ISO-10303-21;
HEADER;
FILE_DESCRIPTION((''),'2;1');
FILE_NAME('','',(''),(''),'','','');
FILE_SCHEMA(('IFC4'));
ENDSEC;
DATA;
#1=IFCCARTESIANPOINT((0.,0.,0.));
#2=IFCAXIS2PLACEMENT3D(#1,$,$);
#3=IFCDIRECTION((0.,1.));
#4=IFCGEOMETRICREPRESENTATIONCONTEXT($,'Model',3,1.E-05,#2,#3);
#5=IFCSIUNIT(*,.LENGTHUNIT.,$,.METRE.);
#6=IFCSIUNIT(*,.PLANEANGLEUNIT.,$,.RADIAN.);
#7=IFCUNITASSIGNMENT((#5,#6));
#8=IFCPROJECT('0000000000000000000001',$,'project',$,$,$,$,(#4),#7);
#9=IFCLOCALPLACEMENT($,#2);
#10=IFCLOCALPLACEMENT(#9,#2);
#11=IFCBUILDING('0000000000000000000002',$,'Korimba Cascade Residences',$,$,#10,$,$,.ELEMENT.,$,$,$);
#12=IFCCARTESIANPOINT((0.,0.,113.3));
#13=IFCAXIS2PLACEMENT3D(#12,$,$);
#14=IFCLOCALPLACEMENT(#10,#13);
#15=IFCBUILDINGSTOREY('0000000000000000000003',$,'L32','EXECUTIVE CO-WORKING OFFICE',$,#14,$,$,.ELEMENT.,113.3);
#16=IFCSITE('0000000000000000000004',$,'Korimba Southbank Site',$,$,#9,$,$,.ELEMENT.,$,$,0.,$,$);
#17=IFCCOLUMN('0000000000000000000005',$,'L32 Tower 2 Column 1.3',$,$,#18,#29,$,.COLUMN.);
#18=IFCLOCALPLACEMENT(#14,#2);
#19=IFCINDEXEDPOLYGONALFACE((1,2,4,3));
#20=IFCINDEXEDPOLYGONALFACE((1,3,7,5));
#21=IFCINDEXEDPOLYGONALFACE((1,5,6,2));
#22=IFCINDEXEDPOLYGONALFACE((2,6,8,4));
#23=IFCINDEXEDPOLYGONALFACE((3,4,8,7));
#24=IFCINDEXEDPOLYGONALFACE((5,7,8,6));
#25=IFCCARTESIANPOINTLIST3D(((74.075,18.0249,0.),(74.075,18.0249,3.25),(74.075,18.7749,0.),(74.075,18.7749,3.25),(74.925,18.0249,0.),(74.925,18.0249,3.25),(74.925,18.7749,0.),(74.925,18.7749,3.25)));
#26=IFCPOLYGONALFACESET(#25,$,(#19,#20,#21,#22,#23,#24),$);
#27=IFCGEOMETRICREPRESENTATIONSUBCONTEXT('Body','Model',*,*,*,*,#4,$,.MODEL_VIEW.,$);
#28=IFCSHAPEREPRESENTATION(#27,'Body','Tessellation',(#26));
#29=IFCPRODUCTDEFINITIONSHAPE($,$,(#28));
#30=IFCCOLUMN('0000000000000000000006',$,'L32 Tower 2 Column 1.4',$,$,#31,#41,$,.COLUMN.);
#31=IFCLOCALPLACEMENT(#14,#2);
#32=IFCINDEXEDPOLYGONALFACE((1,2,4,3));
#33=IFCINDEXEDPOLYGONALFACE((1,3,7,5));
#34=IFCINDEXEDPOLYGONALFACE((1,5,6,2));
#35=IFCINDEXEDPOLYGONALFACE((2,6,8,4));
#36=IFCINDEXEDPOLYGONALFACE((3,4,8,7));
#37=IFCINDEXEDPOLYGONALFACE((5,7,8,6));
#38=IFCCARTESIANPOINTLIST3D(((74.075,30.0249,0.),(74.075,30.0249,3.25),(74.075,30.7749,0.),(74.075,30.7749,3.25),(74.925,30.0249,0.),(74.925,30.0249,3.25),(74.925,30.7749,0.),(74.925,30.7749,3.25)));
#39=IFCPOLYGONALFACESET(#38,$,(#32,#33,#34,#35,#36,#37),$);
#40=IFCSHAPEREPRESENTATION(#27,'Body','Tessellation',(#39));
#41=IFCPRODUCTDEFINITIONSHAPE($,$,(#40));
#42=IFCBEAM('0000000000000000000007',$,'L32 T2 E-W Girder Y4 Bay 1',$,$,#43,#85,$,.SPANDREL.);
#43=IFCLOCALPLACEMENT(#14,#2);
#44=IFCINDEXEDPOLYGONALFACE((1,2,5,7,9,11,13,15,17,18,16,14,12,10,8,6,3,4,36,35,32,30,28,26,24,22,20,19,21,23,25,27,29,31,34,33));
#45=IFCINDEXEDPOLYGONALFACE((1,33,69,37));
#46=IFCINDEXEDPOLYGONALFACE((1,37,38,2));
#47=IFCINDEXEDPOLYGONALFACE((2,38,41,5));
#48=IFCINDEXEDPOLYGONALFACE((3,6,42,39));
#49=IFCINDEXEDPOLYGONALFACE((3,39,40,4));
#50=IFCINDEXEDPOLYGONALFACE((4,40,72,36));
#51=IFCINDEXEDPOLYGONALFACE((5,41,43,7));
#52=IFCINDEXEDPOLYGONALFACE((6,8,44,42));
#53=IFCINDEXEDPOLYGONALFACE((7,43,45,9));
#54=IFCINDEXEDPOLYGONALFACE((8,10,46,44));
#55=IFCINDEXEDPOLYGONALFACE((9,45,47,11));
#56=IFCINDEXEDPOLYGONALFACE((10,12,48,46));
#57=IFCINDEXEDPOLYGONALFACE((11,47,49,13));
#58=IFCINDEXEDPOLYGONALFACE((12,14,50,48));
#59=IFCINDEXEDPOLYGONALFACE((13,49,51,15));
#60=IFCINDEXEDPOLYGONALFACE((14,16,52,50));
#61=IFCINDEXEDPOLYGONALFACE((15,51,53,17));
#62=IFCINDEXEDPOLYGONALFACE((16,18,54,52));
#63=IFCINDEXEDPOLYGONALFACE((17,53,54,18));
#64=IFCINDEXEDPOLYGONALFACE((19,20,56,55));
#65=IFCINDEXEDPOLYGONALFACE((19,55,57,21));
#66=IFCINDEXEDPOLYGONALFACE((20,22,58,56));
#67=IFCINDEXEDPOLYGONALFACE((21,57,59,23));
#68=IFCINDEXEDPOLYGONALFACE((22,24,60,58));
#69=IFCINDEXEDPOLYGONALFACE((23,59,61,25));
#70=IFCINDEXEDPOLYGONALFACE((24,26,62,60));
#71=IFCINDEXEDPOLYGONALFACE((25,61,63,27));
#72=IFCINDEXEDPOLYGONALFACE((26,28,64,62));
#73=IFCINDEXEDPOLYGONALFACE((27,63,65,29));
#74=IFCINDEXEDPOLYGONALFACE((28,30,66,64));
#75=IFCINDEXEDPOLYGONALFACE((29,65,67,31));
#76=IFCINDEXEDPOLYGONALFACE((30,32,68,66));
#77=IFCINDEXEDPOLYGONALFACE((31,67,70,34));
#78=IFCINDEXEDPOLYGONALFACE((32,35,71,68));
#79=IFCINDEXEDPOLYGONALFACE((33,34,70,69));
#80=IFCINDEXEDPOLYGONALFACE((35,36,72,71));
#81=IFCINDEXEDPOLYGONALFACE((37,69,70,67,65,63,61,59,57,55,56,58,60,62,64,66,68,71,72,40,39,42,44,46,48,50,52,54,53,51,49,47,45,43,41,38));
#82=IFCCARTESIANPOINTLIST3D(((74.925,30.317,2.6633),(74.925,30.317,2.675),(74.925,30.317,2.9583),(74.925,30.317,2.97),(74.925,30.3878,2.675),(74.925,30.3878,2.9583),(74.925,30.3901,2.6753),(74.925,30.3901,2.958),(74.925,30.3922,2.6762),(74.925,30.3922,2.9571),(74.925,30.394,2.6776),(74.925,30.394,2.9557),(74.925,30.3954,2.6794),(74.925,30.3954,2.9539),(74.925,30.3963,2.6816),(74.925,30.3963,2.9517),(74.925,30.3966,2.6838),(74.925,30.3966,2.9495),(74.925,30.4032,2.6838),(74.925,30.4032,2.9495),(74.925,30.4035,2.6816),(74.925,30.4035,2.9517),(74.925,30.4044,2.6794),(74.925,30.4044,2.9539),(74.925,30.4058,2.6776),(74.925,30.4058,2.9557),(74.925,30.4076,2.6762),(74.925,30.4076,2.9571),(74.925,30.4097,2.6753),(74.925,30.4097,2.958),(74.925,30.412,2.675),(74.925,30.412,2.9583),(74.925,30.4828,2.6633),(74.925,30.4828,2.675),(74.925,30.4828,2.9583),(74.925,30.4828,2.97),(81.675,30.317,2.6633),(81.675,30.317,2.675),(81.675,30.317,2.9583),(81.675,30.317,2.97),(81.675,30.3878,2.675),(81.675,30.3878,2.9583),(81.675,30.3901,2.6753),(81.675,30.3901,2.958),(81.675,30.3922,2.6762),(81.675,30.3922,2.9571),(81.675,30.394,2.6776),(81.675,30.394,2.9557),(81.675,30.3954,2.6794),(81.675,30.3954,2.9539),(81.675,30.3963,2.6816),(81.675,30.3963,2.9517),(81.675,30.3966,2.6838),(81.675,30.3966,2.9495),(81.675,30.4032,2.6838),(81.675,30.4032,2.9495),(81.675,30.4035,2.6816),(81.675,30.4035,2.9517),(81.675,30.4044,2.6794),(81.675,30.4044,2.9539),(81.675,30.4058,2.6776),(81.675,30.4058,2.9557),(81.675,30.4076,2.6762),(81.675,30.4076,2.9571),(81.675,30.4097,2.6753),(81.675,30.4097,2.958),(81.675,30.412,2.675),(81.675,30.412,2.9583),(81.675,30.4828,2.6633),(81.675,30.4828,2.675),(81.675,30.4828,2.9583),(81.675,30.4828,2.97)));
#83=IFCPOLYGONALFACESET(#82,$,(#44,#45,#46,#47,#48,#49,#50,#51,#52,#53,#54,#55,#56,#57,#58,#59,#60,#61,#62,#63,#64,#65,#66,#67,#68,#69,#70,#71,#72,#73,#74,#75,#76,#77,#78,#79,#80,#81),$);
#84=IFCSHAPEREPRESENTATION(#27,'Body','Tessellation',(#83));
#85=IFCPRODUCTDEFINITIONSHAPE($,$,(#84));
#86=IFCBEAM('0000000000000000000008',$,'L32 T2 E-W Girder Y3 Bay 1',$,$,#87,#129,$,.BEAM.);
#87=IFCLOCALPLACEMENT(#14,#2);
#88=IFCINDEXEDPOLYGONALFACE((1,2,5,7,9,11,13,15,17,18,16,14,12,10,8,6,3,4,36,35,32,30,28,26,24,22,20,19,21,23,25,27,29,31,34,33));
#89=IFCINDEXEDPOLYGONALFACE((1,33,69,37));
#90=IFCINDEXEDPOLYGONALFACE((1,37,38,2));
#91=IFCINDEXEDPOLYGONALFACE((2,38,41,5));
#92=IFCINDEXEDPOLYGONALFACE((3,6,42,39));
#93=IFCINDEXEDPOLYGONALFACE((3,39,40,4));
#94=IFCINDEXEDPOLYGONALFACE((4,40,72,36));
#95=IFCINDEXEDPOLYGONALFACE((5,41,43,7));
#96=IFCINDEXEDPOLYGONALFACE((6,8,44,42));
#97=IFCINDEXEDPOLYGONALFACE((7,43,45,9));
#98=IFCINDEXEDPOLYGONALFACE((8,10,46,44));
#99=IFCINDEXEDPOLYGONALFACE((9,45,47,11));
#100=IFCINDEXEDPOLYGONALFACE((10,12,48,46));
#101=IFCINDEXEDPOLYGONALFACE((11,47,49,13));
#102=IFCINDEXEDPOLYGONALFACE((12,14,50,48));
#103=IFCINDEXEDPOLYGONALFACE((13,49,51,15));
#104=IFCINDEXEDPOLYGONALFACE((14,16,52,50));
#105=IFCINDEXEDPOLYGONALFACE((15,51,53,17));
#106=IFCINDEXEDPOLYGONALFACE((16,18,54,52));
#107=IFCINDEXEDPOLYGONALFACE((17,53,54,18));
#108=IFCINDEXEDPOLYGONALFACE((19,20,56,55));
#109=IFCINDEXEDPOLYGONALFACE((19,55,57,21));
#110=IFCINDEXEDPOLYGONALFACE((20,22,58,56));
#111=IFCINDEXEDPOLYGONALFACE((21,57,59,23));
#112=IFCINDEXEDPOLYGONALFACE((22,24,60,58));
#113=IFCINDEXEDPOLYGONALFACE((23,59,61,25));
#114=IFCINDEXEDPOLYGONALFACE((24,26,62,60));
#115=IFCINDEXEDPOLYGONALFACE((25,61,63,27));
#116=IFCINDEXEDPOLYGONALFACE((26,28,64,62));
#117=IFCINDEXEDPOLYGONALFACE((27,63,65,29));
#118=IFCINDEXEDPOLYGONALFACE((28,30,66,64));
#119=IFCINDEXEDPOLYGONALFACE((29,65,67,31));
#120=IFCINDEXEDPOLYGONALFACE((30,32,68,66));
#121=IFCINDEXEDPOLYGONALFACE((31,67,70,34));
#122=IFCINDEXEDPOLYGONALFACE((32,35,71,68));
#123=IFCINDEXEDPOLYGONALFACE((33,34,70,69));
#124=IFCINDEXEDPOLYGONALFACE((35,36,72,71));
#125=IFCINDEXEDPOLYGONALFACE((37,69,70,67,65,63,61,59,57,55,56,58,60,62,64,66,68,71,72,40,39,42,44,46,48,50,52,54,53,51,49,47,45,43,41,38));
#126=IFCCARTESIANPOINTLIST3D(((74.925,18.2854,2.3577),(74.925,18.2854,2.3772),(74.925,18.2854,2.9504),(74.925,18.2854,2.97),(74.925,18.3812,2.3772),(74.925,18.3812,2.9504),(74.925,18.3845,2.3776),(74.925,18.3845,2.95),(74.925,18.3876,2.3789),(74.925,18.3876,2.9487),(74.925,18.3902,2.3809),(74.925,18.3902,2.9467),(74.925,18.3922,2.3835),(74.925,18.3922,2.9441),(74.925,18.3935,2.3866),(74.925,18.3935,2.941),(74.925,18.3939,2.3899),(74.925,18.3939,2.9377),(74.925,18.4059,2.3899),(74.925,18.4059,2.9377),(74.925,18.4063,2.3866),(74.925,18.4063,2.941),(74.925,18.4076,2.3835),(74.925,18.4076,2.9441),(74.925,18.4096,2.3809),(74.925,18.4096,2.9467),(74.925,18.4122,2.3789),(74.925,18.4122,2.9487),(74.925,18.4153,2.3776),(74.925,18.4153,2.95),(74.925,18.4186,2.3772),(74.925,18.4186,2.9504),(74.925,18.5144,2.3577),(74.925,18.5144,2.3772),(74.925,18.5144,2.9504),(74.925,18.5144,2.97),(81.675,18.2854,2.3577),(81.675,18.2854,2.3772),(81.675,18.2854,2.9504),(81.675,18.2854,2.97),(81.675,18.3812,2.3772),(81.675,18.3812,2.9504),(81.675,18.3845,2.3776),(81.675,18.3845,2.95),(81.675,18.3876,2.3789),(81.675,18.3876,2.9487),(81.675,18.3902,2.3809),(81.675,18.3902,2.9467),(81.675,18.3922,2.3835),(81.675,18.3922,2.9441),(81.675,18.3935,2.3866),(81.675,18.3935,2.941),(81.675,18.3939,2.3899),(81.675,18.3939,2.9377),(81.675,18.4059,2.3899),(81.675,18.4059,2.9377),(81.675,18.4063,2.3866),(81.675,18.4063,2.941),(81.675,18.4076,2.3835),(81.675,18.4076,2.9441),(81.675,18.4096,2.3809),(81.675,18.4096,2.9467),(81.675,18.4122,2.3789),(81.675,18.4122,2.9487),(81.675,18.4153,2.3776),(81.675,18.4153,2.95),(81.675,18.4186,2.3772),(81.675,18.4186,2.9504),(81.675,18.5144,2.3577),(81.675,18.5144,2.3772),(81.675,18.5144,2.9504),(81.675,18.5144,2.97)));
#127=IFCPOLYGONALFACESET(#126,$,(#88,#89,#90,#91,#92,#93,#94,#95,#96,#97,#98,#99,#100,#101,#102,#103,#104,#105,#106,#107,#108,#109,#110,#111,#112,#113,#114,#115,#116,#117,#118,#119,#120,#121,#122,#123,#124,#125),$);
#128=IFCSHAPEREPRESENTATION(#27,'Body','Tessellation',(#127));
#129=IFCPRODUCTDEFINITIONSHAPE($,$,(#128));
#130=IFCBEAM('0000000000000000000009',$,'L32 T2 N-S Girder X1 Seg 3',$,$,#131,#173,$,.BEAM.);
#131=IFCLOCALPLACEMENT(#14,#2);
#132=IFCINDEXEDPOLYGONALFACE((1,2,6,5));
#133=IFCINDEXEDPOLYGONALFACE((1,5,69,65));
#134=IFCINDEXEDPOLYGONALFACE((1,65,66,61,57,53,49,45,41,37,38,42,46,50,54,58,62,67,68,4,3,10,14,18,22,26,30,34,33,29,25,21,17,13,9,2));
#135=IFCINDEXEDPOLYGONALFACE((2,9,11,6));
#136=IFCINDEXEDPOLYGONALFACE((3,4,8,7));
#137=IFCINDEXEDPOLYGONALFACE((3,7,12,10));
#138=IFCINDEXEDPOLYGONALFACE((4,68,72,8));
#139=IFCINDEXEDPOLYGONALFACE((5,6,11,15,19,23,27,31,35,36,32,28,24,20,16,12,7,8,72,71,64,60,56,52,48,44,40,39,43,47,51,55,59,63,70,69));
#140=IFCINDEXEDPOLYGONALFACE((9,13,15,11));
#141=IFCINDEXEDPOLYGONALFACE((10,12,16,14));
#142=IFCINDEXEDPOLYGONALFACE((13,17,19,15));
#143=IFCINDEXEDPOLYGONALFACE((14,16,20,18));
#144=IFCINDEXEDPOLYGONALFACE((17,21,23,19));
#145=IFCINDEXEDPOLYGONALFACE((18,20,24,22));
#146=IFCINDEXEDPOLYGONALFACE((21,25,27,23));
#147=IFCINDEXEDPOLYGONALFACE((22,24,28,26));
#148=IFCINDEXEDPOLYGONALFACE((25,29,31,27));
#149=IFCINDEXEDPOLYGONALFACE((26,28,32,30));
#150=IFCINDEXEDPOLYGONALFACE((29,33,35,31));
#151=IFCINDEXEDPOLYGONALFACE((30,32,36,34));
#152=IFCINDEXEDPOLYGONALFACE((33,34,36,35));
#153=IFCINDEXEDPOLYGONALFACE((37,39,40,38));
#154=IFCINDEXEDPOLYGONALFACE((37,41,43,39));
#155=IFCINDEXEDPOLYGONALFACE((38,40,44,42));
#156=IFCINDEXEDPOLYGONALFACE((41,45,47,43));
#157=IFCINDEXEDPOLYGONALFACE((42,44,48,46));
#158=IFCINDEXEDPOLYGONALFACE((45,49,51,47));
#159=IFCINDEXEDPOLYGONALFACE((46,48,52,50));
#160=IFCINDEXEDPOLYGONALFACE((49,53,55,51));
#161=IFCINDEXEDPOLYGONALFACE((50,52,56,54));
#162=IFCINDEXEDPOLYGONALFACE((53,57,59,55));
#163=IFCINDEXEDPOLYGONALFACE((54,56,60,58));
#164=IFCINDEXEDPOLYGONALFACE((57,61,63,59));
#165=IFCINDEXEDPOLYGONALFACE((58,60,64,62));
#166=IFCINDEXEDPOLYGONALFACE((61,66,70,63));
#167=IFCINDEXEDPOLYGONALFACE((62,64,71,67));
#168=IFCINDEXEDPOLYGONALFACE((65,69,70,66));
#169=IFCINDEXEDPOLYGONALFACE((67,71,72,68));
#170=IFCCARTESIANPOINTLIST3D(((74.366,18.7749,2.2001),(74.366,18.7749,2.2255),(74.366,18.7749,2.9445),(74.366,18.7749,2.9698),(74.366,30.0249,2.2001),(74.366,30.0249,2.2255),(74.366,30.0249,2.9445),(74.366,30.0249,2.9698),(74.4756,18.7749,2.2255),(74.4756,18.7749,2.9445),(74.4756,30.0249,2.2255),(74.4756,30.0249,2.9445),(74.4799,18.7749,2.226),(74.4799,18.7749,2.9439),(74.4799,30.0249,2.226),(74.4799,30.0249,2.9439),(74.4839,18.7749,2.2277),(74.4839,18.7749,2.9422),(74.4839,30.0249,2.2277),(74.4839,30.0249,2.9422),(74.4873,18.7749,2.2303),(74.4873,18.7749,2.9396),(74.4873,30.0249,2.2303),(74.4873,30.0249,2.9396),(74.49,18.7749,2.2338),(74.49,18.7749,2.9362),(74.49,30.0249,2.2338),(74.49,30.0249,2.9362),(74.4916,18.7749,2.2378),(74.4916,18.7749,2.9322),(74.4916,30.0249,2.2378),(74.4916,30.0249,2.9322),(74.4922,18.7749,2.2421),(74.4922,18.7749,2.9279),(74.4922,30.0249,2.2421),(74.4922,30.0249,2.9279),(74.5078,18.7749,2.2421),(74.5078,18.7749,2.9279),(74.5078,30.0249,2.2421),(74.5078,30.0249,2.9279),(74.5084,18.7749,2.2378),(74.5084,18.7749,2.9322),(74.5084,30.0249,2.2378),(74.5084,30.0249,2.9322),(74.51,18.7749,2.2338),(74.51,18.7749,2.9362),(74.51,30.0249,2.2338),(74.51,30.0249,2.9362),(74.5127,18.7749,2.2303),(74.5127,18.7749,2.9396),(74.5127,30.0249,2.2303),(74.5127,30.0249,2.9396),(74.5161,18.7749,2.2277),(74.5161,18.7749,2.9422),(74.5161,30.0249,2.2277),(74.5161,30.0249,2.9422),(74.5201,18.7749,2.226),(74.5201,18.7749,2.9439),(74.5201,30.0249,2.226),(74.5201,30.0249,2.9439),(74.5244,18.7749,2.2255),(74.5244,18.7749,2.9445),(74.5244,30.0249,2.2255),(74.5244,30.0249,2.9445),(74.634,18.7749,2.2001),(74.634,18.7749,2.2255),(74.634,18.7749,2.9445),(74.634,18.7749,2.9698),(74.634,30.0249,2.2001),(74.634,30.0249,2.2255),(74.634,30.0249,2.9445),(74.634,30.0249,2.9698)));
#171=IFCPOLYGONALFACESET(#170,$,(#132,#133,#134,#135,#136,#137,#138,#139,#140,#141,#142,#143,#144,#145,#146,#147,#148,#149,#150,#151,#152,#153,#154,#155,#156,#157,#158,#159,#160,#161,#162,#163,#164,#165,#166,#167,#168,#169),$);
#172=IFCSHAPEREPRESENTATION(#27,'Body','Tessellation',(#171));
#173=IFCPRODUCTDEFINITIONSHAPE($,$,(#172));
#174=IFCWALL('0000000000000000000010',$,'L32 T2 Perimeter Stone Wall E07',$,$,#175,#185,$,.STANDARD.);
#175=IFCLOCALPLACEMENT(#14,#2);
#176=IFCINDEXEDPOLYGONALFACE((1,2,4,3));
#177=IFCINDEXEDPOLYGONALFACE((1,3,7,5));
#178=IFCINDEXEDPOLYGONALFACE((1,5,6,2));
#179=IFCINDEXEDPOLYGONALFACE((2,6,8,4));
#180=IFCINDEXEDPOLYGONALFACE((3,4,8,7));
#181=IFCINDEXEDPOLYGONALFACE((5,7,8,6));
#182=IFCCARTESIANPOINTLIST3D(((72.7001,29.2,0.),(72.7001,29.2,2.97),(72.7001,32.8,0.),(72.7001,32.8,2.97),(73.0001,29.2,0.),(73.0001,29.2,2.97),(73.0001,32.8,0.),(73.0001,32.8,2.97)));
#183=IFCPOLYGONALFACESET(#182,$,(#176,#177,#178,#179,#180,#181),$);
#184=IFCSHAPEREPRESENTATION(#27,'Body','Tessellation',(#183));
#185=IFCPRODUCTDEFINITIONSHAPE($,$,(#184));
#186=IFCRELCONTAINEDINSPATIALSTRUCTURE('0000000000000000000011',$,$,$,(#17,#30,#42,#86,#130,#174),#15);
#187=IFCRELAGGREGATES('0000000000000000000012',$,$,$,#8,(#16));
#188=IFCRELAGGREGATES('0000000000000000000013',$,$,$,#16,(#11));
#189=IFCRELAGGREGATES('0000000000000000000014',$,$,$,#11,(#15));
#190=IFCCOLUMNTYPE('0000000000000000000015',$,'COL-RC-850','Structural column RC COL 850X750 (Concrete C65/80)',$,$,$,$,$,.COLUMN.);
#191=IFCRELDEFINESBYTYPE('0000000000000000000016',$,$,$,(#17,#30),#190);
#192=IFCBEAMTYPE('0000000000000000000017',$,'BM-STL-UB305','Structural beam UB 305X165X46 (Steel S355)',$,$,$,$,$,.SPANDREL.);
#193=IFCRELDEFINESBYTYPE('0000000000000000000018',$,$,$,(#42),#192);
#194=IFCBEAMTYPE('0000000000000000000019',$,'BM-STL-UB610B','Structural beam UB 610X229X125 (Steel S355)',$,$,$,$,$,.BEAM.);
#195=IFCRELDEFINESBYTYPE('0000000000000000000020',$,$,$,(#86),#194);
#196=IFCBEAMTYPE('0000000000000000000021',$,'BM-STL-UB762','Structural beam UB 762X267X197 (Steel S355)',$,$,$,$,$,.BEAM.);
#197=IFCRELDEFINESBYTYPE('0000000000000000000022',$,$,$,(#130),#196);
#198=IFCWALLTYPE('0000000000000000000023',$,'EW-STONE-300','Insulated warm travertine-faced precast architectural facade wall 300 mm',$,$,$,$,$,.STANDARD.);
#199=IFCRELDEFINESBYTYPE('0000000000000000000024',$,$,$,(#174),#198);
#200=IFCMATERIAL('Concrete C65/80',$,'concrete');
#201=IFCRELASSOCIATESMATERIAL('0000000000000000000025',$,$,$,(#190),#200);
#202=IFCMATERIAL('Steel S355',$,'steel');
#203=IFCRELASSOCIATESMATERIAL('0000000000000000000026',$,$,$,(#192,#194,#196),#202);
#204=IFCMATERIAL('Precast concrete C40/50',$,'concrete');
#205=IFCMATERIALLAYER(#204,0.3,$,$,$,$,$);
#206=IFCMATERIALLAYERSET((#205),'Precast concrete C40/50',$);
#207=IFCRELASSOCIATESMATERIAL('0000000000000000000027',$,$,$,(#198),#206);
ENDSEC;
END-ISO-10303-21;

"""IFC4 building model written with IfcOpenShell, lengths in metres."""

from ifc_helpers import new_model, si_unit, direction, frame, frame_2d, origin, origin_2d, place, context, subcontext, project, spatial, rectangle, i_section, extrude, material, layer, layer_set, material_profile, profile_set, type_object, element, save


model = new_model("IFC4")

# Units and contexts
model_context = context("Model", 3, precision=1e-05, world=origin(), true_north=direction((0.0, 1.0)))
body_context = subcontext(model_context, "Body", "Model", "MODEL_VIEW")
ifc_project = project(units=[si_unit("LENGTHUNIT", "METRE"), si_unit("PLANEANGLEUNIT", "RADIAN")], contexts=[model_context])

# Site, building, storey
site_placement = place(None, origin())
site = spatial("IfcSite", under=ifc_project, at=site_placement, Name="Korimba Southbank Site", CompositionType="ELEMENT", RefElevation=0.0)
building_placement = place(site_placement, origin())
building = spatial("IfcBuilding", under=site, at=building_placement, Name="Korimba Cascade Residences", CompositionType="ELEMENT")
storey_placement = place(building_placement, frame((0.0, 0.0, 113.3)))
storey = spatial("IfcBuildingStorey", under=building, at=storey_placement, Name="L32", Description="EXECUTIVE CO-WORKING OFFICE", CompositionType="ELEMENT", Elevation=113.3)

# Columns
ifc_material_1 = material(Name="Concrete C65/80", Category="concrete")
ifc_material_profile_1 = material_profile(ifc_material_1, rectangle(XDim=0.8501, YDim=0.75, at=origin_2d()), Name="Concrete C65/80")
ifc_profile_set_1 = profile_set([ifc_material_profile_1], Name="Concrete C65/80")
column_type = type_object("IfcColumnType", Name="COL-RC-850", Description="Structural column RC COL 850X750 (Concrete C65/80)", PredefinedType="COLUMN", material=ifc_profile_set_1)
for number, where, z_axis, x_axis, name in (
    (1, (74.5, 18.3999, 0.0), (0.0, 0.0, 1.0), (1.0, 0.0, 0.0), "L32 Tower 2 Column 1.3"),
    (2, (74.5, 30.3999, 0.0), (0.0, 0.0, 1.0), (1.0, 0.0, 0.0), "L32 Tower 2 Column 1.4"),
):
    element("IfcColumn", number, at=place(storey_placement, frame(where, z_axis=z_axis, x_axis=x_axis)), inside=storey, type_object=column_type, Name=name, PredefinedType="COLUMN", context=body_context, shape_type="SweptSolid", body=[
        extrude(rectangle(XDim=0.8501, YDim=0.75, at=origin_2d()), origin(), (0.0, 0.0, 1.0), 3.25),
    ])

# Beams
ifc_material_2 = material(Name="Steel S355", Category="steel")
ifc_material_profile_2 = material_profile(ifc_material_2, i_section(OverallWidth=0.1658, OverallDepth=0.3066, WebThickness=0.0066, FlangeThickness=0.0117, FilletRadius=0.0088, at=origin_2d()), Name="Steel S355")
ifc_profile_set_2 = profile_set([ifc_material_profile_2], Name="Steel S355")
beam_type_1 = type_object("IfcBeamType", Name="BM-STL-UB305", Description="Structural beam UB 305X165X46 (Steel S355)", PredefinedType="SPANDREL", material=ifc_profile_set_2)
beam_1_placement = place(storey_placement, frame((74.925, 30.3999, 2.8167), z_axis=(1.0, 0.0, 0.0), x_axis=(0.0, 1.0, 0.0)))
element("IfcBeam", 3, at=beam_1_placement, inside=storey, type_object=beam_type_1, Name="L32 T2 E-W Girder Y4 Bay 1", PredefinedType="SPANDREL", context=body_context, shape_type="SweptSolid", body=[
    extrude(i_section(OverallWidth=0.1658, OverallDepth=0.3066, WebThickness=0.0066, FlangeThickness=0.0117, FilletRadius=0.0088, at=origin_2d()), origin(), (0.0, 0.0, 1.0), 6.75),
])
ifc_material_profile_3 = material_profile(ifc_material_2, i_section(OverallWidth=0.229, OverallDepth=0.6123, WebThickness=0.012, FlangeThickness=0.0195, FilletRadius=0.0127, at=origin_2d()), Name="Steel S355")
ifc_profile_set_3 = profile_set([ifc_material_profile_3], Name="Steel S355")
beam_type_2 = type_object("IfcBeamType", Name="BM-STL-UB610B", Description="Structural beam UB 610X229X125 (Steel S355)", PredefinedType="BEAM", material=ifc_profile_set_3)
beam_2_placement = place(storey_placement, frame((74.925, 18.3999, 2.6638), z_axis=(1.0, 0.0, 0.0), x_axis=(0.0, 1.0, 0.0)))
element("IfcBeam", 4, at=beam_2_placement, inside=storey, type_object=beam_type_2, Name="L32 T2 E-W Girder Y3 Bay 1", PredefinedType="BEAM", context=body_context, shape_type="SweptSolid", body=[
    extrude(i_section(OverallWidth=0.229, OverallDepth=0.6123, WebThickness=0.012, FlangeThickness=0.0195, FilletRadius=0.0127, at=origin_2d()), origin(), (0.0, 0.0, 1.0), 6.75),
])
ifc_material_profile_4 = material_profile(ifc_material_2, i_section(OverallWidth=0.2681, OverallDepth=0.7698, WebThickness=0.0156, FlangeThickness=0.0254, FilletRadius=0.0166, at=origin_2d()), Name="Steel S355")
ifc_profile_set_4 = profile_set([ifc_material_profile_4], Name="Steel S355")
beam_type_3 = type_object("IfcBeamType", Name="BM-STL-UB762", Description="Structural beam UB 762X267X197 (Steel S355)", PredefinedType="BEAM", material=ifc_profile_set_4)
beam_3_placement = place(storey_placement, frame((74.5, 18.7749, 2.585), z_axis=(0.0, 1.0, 0.0), x_axis=(-1.0, 0.0, 0.0)))
element("IfcBeam", 5, at=beam_3_placement, inside=storey, type_object=beam_type_3, Name="L32 T2 N-S Girder X1 Seg 3", PredefinedType="BEAM", context=body_context, shape_type="SweptSolid", body=[
    extrude(i_section(OverallWidth=0.2681, OverallDepth=0.7698, WebThickness=0.0156, FlangeThickness=0.0254, FilletRadius=0.0166, at=origin_2d()), origin(), (0.0, 0.0, 1.0), 11.25),
])

# Wall
ifc_material_3 = material(Name="Precast concrete C40/50", Category="concrete")
ifc_layer_1 = layer(ifc_material_3, 0.3)
ifc_layer_set_1 = layer_set([ifc_layer_1], Name="Precast concrete C40/50")
wall_type_1 = type_object("IfcWallType", Name="EW-STONE-300", Description="Insulated warm travertine-faced precast architectural facade wall 300 mm", PredefinedType="STANDARD", material=ifc_layer_set_1)
wall_1_placement = place(storey_placement, frame((72.8501, 32.8, 0.0), z_axis=(0.0, 0.0, 1.0), x_axis=(0.0, -1.0, 0.0)))
element("IfcWall", 6, at=wall_1_placement, inside=storey, type_object=wall_type_1, Name="L32 T2 Perimeter Stone Wall E07", PredefinedType="STANDARD", context=body_context, shape_type="SweptSolid", body=[
    extrude(rectangle(XDim=3.6001, YDim=0.3, at=frame_2d((1.8, 0.0))), origin(), (0.0, 0.0, 1.0), 2.97),
])

save(model, "model.ifc")
